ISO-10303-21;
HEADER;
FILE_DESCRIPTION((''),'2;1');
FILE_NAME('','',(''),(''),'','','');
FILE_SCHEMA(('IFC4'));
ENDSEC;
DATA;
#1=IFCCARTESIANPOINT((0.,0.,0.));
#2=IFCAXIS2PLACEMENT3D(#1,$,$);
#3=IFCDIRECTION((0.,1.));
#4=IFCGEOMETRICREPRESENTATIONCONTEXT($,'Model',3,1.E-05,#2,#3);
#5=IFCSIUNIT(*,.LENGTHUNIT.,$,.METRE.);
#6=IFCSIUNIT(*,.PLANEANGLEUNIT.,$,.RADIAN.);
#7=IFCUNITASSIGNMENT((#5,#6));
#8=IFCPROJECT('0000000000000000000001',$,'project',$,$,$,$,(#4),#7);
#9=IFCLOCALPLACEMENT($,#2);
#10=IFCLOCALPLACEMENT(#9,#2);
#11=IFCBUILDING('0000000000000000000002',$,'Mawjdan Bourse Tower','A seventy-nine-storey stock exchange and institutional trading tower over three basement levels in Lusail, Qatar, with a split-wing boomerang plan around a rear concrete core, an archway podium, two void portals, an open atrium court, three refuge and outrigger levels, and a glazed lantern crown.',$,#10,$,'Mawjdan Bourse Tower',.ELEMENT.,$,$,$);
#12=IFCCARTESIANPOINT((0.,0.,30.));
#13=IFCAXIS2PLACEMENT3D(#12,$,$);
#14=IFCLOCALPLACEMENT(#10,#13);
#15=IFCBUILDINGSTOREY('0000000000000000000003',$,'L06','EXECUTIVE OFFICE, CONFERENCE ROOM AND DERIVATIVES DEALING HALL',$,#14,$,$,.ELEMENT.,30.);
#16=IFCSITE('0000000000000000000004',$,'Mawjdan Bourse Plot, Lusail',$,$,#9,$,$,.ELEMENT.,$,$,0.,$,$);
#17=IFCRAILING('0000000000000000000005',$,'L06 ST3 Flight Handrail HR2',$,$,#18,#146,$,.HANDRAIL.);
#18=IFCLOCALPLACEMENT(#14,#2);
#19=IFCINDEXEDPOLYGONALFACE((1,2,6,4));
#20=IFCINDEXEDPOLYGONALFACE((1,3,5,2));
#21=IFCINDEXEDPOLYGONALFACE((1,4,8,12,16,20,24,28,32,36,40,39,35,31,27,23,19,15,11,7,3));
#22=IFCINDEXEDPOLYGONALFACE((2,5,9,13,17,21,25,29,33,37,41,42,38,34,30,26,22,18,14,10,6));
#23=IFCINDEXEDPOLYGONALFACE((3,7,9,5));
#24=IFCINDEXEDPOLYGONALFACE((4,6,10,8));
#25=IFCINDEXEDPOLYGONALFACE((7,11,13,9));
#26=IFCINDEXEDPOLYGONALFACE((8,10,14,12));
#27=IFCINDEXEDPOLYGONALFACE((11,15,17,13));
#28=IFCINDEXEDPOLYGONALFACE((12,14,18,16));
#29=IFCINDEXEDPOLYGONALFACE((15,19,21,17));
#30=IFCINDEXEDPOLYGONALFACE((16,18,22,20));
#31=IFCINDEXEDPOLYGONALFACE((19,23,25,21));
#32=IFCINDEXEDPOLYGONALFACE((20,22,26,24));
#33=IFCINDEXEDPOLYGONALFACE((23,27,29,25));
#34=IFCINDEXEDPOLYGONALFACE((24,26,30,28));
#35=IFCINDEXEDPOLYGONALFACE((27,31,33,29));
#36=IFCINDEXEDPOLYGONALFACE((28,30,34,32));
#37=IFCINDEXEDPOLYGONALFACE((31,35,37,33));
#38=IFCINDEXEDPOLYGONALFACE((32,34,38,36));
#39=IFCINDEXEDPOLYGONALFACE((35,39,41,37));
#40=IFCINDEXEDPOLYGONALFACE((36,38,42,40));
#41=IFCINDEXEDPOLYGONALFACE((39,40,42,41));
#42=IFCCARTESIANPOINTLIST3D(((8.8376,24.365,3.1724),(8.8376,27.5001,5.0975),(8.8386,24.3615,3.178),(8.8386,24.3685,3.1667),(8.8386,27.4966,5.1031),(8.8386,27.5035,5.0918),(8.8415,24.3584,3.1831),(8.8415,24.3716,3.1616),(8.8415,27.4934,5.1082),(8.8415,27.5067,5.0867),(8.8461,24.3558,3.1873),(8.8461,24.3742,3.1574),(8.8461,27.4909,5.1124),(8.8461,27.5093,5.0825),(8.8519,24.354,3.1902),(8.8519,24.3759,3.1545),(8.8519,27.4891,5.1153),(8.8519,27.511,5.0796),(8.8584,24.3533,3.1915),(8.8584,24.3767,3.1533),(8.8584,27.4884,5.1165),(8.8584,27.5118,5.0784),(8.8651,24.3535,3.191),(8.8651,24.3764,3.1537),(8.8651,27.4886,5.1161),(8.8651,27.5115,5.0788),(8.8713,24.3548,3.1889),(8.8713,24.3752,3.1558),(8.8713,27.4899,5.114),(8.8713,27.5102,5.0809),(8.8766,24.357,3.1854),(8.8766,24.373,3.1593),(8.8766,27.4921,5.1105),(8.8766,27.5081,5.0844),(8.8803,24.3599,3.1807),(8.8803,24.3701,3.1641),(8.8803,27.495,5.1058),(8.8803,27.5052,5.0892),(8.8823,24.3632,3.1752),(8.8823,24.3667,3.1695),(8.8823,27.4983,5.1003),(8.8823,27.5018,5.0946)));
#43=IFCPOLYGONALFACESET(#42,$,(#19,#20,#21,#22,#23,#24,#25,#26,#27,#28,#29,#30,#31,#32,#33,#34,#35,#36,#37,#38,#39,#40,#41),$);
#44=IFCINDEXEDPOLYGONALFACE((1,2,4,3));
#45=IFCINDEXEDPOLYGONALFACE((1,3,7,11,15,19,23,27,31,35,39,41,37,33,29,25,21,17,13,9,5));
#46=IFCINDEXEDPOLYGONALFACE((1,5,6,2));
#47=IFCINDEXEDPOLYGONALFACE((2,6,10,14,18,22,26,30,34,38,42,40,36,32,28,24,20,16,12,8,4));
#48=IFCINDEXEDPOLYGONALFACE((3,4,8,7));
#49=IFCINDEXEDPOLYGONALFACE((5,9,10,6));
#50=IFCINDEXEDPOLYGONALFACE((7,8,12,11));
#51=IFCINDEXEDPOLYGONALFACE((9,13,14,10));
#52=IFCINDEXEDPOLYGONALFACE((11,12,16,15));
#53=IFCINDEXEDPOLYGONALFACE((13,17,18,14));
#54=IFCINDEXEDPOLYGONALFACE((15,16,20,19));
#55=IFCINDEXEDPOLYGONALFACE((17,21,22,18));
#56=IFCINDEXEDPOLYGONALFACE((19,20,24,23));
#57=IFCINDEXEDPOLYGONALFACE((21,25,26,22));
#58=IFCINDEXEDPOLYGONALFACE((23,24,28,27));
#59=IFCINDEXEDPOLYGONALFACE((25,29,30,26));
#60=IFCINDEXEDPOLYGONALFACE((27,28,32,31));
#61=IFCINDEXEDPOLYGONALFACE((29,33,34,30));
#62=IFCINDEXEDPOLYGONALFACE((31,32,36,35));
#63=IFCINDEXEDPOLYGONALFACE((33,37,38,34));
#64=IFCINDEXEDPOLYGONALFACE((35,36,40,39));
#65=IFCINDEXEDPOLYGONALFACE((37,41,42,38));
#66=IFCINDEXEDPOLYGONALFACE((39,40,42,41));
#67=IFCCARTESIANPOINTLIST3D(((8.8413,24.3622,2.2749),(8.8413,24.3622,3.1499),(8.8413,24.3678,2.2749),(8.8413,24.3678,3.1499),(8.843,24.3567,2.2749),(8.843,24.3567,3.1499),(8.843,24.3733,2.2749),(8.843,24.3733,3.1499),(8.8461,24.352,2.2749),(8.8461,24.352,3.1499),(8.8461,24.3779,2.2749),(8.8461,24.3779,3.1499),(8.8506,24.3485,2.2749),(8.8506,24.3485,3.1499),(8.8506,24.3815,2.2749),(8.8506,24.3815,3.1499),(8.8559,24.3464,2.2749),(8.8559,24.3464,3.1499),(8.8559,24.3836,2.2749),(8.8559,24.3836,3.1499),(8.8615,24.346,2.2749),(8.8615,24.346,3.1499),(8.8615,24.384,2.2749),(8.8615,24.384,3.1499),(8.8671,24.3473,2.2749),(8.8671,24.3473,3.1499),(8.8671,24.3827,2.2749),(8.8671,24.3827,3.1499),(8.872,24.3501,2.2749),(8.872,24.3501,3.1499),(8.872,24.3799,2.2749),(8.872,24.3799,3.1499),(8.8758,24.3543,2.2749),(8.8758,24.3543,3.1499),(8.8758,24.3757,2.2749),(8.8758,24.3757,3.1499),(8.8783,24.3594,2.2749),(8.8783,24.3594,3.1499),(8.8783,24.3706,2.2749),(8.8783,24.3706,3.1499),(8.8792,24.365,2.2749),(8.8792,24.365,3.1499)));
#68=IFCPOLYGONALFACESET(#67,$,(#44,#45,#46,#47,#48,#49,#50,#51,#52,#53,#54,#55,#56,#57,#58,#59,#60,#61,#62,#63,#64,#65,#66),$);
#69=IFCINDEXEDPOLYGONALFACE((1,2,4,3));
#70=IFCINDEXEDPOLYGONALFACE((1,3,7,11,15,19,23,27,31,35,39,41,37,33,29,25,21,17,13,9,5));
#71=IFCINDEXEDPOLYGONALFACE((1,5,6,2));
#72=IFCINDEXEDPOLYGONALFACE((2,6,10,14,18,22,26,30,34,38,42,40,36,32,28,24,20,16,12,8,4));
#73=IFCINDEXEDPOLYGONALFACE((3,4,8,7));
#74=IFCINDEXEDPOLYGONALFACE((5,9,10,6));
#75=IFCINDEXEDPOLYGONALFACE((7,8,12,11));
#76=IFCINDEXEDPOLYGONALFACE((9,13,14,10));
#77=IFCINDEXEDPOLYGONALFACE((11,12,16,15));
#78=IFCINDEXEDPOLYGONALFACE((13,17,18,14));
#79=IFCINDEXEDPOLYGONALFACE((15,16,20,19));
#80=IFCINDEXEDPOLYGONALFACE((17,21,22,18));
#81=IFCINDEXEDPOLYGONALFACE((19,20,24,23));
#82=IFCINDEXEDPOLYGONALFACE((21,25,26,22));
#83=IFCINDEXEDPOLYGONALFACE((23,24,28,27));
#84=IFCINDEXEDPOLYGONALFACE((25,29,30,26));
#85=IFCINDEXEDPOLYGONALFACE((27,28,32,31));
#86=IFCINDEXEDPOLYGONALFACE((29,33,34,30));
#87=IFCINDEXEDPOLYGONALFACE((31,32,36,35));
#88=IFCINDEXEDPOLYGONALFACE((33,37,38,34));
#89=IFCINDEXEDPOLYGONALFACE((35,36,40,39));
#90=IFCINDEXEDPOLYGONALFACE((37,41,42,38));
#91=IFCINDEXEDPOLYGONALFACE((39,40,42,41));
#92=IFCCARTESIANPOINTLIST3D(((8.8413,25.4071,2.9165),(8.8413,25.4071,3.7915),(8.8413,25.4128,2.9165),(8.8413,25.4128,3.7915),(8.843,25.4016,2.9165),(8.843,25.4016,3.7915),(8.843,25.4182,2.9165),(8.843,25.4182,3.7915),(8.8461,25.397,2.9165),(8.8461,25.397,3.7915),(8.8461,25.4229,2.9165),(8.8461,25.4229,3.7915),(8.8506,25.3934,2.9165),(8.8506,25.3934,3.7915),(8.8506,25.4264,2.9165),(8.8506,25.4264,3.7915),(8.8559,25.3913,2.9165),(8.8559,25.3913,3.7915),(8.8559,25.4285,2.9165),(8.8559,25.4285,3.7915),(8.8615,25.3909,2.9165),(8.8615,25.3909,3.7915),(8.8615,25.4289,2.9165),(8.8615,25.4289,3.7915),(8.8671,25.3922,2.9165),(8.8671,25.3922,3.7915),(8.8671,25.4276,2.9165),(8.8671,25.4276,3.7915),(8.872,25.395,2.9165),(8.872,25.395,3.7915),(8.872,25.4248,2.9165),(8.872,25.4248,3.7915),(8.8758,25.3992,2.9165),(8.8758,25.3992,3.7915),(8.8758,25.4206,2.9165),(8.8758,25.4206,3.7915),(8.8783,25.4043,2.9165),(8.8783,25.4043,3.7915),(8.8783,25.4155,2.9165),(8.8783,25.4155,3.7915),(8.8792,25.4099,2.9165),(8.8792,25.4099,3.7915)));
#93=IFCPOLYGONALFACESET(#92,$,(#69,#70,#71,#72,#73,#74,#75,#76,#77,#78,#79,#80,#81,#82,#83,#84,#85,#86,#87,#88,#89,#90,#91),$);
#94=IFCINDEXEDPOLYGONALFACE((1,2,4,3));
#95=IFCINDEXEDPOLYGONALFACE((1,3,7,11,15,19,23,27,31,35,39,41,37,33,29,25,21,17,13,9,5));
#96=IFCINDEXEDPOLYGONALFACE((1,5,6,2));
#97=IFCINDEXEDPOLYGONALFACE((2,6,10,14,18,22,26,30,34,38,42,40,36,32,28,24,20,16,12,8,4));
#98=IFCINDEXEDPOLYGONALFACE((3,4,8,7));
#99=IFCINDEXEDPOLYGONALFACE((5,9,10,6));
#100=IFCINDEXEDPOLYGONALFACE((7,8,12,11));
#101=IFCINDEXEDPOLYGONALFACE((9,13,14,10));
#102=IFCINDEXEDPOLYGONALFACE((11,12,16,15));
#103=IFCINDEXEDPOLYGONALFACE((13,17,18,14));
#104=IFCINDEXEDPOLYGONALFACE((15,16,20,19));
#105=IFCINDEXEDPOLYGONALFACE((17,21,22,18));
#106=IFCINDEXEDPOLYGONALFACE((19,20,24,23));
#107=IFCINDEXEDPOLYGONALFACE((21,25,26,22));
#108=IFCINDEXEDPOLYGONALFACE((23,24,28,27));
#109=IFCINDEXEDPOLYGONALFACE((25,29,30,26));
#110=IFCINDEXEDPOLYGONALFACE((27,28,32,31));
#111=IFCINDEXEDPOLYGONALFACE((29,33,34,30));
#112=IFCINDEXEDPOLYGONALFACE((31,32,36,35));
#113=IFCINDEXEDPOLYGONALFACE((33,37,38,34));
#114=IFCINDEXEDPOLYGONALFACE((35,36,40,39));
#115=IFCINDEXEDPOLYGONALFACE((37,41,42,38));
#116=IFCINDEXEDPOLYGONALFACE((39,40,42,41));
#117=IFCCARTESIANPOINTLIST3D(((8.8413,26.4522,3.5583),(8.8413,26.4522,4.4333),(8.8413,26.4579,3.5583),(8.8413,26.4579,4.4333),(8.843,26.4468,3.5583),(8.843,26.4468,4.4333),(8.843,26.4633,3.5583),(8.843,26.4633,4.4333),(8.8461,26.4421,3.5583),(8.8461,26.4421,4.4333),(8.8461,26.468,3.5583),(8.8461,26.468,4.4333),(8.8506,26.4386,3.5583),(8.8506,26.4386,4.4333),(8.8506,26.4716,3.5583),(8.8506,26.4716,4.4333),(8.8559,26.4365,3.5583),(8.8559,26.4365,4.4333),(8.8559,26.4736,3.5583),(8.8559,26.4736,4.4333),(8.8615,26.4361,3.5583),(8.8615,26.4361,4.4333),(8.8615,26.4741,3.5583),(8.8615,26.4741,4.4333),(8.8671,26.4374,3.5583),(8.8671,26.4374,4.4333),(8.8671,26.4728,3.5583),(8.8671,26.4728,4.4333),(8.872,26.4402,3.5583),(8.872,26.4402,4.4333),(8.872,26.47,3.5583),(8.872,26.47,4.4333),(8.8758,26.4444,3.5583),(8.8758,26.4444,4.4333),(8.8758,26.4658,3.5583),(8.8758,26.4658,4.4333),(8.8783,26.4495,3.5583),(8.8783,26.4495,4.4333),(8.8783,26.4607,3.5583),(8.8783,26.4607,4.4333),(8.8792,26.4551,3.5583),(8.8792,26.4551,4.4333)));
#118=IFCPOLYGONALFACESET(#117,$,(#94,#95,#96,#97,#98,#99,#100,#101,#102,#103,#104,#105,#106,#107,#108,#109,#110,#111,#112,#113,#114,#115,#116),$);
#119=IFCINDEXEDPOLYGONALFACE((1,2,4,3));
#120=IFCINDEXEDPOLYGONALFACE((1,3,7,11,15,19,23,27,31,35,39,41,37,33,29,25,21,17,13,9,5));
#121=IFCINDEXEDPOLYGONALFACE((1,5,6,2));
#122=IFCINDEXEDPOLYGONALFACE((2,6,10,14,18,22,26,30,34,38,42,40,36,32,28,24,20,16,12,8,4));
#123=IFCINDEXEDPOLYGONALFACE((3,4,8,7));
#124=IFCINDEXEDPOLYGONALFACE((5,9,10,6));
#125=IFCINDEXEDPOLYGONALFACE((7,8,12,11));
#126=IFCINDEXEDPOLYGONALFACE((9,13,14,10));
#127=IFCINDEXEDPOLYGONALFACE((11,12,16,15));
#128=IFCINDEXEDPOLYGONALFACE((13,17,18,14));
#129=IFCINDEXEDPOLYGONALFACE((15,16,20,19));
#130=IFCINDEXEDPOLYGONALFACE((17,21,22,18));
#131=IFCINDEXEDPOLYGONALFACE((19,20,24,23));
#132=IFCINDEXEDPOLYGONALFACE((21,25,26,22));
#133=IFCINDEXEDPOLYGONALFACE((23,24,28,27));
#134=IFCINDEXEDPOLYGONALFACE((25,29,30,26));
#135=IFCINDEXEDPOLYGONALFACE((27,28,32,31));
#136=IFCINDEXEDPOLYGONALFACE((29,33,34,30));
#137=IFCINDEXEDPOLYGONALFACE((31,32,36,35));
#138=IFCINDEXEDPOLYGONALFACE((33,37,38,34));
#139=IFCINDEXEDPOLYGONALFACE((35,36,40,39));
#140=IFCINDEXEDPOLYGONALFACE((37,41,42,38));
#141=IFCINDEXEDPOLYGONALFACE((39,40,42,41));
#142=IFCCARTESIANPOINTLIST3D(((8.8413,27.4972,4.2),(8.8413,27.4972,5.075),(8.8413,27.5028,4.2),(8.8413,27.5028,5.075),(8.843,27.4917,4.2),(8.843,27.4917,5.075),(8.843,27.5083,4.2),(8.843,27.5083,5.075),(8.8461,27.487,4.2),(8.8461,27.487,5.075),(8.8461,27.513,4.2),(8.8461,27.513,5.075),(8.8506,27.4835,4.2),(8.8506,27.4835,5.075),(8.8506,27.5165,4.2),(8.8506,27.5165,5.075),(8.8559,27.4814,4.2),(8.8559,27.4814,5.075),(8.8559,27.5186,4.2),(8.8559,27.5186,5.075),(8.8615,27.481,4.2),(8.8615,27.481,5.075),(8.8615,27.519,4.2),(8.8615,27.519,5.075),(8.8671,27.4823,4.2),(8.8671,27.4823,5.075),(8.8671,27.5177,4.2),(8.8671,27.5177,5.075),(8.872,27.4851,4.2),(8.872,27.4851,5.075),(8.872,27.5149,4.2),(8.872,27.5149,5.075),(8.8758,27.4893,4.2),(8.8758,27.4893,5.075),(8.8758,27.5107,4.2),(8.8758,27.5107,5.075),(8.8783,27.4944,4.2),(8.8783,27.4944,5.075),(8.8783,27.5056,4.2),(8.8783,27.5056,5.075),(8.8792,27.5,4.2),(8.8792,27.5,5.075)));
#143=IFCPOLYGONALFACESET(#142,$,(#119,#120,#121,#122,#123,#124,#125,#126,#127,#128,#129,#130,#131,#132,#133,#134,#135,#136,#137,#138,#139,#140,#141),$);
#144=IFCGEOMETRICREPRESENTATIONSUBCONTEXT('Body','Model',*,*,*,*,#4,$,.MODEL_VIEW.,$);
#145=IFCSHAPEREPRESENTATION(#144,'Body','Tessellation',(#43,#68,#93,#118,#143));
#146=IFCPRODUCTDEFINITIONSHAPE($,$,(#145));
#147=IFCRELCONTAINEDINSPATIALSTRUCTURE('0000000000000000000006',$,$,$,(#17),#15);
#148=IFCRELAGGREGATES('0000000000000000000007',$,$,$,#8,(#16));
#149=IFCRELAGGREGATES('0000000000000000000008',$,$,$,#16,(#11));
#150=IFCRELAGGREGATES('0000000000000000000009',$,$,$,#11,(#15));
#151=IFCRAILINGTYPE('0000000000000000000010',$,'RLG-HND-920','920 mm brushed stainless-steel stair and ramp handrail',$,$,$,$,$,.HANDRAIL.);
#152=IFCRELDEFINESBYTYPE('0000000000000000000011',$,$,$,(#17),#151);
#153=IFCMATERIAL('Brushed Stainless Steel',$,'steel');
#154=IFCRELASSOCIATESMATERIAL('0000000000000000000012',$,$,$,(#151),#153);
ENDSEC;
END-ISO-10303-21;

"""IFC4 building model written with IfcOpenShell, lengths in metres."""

from ifc_helpers import new_model, si_unit, direction, frame, origin, origin_2d, place, context, subcontext, project, spatial, circle, extrude, material, type_object, element, save


model = new_model("IFC4")

# Units and contexts
model_context = context("Model", 3, precision=1e-05, world=origin(), true_north=direction((0.0, 1.0)))
body_context = subcontext(model_context, "Body", "Model", "MODEL_VIEW")
ifc_project = project(units=[si_unit("LENGTHUNIT", "METRE"), si_unit("PLANEANGLEUNIT", "RADIAN")], contexts=[model_context])

# Site, building, storey
site_placement = place(None, origin())
site = spatial("IfcSite", under=ifc_project, at=site_placement, Name="Mawjdan Bourse Plot, Lusail", CompositionType="ELEMENT", RefElevation=0.0)
building_placement = place(site_placement, origin())
building = spatial("IfcBuilding", under=site, at=building_placement, Name="Mawjdan Bourse Tower", Description="A seventy-nine-storey stock exchange and institutional trading tower over three basement levels in Lusail, Qatar, with a split-wing boomerang plan around a rear concrete core, an archway podium, two void portals, an open atrium court, three refuge and outrigger levels, and a glazed lantern crown.", LongName="Mawjdan Bourse Tower", CompositionType="ELEMENT")
storey_placement = place(building_placement, frame((0.0, 0.0, 30.0)))
storey = spatial("IfcBuildingStorey", under=building, at=storey_placement, Name="L06", Description="EXECUTIVE OFFICE, CONFERENCE ROOM AND DERIVATIVES DEALING HALL", CompositionType="ELEMENT", Elevation=30.0)

# Railing
ifc_material_1 = material(Name="Brushed Stainless Steel", Category="steel")
railing_type_1 = type_object("IfcRailingType", Name="RLG-HND-920", Description="920 mm brushed stainless-steel stair and ramp handrail", PredefinedType="HANDRAIL", material=ifc_material_1)
railing_1_placement = place(storey_placement, frame((8.8601, 24.365, 2.2749)))
element("IfcRailing", 1, at=railing_1_placement, inside=storey, type_object=railing_type_1, Name="L06 ST3 Flight Handrail HR2", PredefinedType="HANDRAIL", context=body_context, shape_type="SweptSolid", body=[
    extrude(circle(Radius=0.0225, at=origin_2d()), frame((0.0, 0.0, 0.8975), z_axis=(0.0, 0.852166, 0.523271), x_axis=(-1.0, 0.0, 0.0)), (0.0, 0.0, 1.0), 3.679),
    extrude(circle(Radius=0.019, at=origin_2d()), origin(), (0.0, 0.0, 1.0), 0.875),
    extrude(circle(Radius=0.019, at=origin_2d()), frame((0.0, 1.0449, 0.6416)), (0.0, 0.0, 1.0), 0.875),
    extrude(circle(Radius=0.019, at=origin_2d()), frame((0.0, 2.0901, 1.2834)), (0.0, 0.0, 1.0), 0.875),
    extrude(circle(Radius=0.019, at=origin_2d()), frame((0.0, 3.135, 1.925)), (0.0, 0.0, 1.0), 0.875),
])

save(model, "model.ifc")
